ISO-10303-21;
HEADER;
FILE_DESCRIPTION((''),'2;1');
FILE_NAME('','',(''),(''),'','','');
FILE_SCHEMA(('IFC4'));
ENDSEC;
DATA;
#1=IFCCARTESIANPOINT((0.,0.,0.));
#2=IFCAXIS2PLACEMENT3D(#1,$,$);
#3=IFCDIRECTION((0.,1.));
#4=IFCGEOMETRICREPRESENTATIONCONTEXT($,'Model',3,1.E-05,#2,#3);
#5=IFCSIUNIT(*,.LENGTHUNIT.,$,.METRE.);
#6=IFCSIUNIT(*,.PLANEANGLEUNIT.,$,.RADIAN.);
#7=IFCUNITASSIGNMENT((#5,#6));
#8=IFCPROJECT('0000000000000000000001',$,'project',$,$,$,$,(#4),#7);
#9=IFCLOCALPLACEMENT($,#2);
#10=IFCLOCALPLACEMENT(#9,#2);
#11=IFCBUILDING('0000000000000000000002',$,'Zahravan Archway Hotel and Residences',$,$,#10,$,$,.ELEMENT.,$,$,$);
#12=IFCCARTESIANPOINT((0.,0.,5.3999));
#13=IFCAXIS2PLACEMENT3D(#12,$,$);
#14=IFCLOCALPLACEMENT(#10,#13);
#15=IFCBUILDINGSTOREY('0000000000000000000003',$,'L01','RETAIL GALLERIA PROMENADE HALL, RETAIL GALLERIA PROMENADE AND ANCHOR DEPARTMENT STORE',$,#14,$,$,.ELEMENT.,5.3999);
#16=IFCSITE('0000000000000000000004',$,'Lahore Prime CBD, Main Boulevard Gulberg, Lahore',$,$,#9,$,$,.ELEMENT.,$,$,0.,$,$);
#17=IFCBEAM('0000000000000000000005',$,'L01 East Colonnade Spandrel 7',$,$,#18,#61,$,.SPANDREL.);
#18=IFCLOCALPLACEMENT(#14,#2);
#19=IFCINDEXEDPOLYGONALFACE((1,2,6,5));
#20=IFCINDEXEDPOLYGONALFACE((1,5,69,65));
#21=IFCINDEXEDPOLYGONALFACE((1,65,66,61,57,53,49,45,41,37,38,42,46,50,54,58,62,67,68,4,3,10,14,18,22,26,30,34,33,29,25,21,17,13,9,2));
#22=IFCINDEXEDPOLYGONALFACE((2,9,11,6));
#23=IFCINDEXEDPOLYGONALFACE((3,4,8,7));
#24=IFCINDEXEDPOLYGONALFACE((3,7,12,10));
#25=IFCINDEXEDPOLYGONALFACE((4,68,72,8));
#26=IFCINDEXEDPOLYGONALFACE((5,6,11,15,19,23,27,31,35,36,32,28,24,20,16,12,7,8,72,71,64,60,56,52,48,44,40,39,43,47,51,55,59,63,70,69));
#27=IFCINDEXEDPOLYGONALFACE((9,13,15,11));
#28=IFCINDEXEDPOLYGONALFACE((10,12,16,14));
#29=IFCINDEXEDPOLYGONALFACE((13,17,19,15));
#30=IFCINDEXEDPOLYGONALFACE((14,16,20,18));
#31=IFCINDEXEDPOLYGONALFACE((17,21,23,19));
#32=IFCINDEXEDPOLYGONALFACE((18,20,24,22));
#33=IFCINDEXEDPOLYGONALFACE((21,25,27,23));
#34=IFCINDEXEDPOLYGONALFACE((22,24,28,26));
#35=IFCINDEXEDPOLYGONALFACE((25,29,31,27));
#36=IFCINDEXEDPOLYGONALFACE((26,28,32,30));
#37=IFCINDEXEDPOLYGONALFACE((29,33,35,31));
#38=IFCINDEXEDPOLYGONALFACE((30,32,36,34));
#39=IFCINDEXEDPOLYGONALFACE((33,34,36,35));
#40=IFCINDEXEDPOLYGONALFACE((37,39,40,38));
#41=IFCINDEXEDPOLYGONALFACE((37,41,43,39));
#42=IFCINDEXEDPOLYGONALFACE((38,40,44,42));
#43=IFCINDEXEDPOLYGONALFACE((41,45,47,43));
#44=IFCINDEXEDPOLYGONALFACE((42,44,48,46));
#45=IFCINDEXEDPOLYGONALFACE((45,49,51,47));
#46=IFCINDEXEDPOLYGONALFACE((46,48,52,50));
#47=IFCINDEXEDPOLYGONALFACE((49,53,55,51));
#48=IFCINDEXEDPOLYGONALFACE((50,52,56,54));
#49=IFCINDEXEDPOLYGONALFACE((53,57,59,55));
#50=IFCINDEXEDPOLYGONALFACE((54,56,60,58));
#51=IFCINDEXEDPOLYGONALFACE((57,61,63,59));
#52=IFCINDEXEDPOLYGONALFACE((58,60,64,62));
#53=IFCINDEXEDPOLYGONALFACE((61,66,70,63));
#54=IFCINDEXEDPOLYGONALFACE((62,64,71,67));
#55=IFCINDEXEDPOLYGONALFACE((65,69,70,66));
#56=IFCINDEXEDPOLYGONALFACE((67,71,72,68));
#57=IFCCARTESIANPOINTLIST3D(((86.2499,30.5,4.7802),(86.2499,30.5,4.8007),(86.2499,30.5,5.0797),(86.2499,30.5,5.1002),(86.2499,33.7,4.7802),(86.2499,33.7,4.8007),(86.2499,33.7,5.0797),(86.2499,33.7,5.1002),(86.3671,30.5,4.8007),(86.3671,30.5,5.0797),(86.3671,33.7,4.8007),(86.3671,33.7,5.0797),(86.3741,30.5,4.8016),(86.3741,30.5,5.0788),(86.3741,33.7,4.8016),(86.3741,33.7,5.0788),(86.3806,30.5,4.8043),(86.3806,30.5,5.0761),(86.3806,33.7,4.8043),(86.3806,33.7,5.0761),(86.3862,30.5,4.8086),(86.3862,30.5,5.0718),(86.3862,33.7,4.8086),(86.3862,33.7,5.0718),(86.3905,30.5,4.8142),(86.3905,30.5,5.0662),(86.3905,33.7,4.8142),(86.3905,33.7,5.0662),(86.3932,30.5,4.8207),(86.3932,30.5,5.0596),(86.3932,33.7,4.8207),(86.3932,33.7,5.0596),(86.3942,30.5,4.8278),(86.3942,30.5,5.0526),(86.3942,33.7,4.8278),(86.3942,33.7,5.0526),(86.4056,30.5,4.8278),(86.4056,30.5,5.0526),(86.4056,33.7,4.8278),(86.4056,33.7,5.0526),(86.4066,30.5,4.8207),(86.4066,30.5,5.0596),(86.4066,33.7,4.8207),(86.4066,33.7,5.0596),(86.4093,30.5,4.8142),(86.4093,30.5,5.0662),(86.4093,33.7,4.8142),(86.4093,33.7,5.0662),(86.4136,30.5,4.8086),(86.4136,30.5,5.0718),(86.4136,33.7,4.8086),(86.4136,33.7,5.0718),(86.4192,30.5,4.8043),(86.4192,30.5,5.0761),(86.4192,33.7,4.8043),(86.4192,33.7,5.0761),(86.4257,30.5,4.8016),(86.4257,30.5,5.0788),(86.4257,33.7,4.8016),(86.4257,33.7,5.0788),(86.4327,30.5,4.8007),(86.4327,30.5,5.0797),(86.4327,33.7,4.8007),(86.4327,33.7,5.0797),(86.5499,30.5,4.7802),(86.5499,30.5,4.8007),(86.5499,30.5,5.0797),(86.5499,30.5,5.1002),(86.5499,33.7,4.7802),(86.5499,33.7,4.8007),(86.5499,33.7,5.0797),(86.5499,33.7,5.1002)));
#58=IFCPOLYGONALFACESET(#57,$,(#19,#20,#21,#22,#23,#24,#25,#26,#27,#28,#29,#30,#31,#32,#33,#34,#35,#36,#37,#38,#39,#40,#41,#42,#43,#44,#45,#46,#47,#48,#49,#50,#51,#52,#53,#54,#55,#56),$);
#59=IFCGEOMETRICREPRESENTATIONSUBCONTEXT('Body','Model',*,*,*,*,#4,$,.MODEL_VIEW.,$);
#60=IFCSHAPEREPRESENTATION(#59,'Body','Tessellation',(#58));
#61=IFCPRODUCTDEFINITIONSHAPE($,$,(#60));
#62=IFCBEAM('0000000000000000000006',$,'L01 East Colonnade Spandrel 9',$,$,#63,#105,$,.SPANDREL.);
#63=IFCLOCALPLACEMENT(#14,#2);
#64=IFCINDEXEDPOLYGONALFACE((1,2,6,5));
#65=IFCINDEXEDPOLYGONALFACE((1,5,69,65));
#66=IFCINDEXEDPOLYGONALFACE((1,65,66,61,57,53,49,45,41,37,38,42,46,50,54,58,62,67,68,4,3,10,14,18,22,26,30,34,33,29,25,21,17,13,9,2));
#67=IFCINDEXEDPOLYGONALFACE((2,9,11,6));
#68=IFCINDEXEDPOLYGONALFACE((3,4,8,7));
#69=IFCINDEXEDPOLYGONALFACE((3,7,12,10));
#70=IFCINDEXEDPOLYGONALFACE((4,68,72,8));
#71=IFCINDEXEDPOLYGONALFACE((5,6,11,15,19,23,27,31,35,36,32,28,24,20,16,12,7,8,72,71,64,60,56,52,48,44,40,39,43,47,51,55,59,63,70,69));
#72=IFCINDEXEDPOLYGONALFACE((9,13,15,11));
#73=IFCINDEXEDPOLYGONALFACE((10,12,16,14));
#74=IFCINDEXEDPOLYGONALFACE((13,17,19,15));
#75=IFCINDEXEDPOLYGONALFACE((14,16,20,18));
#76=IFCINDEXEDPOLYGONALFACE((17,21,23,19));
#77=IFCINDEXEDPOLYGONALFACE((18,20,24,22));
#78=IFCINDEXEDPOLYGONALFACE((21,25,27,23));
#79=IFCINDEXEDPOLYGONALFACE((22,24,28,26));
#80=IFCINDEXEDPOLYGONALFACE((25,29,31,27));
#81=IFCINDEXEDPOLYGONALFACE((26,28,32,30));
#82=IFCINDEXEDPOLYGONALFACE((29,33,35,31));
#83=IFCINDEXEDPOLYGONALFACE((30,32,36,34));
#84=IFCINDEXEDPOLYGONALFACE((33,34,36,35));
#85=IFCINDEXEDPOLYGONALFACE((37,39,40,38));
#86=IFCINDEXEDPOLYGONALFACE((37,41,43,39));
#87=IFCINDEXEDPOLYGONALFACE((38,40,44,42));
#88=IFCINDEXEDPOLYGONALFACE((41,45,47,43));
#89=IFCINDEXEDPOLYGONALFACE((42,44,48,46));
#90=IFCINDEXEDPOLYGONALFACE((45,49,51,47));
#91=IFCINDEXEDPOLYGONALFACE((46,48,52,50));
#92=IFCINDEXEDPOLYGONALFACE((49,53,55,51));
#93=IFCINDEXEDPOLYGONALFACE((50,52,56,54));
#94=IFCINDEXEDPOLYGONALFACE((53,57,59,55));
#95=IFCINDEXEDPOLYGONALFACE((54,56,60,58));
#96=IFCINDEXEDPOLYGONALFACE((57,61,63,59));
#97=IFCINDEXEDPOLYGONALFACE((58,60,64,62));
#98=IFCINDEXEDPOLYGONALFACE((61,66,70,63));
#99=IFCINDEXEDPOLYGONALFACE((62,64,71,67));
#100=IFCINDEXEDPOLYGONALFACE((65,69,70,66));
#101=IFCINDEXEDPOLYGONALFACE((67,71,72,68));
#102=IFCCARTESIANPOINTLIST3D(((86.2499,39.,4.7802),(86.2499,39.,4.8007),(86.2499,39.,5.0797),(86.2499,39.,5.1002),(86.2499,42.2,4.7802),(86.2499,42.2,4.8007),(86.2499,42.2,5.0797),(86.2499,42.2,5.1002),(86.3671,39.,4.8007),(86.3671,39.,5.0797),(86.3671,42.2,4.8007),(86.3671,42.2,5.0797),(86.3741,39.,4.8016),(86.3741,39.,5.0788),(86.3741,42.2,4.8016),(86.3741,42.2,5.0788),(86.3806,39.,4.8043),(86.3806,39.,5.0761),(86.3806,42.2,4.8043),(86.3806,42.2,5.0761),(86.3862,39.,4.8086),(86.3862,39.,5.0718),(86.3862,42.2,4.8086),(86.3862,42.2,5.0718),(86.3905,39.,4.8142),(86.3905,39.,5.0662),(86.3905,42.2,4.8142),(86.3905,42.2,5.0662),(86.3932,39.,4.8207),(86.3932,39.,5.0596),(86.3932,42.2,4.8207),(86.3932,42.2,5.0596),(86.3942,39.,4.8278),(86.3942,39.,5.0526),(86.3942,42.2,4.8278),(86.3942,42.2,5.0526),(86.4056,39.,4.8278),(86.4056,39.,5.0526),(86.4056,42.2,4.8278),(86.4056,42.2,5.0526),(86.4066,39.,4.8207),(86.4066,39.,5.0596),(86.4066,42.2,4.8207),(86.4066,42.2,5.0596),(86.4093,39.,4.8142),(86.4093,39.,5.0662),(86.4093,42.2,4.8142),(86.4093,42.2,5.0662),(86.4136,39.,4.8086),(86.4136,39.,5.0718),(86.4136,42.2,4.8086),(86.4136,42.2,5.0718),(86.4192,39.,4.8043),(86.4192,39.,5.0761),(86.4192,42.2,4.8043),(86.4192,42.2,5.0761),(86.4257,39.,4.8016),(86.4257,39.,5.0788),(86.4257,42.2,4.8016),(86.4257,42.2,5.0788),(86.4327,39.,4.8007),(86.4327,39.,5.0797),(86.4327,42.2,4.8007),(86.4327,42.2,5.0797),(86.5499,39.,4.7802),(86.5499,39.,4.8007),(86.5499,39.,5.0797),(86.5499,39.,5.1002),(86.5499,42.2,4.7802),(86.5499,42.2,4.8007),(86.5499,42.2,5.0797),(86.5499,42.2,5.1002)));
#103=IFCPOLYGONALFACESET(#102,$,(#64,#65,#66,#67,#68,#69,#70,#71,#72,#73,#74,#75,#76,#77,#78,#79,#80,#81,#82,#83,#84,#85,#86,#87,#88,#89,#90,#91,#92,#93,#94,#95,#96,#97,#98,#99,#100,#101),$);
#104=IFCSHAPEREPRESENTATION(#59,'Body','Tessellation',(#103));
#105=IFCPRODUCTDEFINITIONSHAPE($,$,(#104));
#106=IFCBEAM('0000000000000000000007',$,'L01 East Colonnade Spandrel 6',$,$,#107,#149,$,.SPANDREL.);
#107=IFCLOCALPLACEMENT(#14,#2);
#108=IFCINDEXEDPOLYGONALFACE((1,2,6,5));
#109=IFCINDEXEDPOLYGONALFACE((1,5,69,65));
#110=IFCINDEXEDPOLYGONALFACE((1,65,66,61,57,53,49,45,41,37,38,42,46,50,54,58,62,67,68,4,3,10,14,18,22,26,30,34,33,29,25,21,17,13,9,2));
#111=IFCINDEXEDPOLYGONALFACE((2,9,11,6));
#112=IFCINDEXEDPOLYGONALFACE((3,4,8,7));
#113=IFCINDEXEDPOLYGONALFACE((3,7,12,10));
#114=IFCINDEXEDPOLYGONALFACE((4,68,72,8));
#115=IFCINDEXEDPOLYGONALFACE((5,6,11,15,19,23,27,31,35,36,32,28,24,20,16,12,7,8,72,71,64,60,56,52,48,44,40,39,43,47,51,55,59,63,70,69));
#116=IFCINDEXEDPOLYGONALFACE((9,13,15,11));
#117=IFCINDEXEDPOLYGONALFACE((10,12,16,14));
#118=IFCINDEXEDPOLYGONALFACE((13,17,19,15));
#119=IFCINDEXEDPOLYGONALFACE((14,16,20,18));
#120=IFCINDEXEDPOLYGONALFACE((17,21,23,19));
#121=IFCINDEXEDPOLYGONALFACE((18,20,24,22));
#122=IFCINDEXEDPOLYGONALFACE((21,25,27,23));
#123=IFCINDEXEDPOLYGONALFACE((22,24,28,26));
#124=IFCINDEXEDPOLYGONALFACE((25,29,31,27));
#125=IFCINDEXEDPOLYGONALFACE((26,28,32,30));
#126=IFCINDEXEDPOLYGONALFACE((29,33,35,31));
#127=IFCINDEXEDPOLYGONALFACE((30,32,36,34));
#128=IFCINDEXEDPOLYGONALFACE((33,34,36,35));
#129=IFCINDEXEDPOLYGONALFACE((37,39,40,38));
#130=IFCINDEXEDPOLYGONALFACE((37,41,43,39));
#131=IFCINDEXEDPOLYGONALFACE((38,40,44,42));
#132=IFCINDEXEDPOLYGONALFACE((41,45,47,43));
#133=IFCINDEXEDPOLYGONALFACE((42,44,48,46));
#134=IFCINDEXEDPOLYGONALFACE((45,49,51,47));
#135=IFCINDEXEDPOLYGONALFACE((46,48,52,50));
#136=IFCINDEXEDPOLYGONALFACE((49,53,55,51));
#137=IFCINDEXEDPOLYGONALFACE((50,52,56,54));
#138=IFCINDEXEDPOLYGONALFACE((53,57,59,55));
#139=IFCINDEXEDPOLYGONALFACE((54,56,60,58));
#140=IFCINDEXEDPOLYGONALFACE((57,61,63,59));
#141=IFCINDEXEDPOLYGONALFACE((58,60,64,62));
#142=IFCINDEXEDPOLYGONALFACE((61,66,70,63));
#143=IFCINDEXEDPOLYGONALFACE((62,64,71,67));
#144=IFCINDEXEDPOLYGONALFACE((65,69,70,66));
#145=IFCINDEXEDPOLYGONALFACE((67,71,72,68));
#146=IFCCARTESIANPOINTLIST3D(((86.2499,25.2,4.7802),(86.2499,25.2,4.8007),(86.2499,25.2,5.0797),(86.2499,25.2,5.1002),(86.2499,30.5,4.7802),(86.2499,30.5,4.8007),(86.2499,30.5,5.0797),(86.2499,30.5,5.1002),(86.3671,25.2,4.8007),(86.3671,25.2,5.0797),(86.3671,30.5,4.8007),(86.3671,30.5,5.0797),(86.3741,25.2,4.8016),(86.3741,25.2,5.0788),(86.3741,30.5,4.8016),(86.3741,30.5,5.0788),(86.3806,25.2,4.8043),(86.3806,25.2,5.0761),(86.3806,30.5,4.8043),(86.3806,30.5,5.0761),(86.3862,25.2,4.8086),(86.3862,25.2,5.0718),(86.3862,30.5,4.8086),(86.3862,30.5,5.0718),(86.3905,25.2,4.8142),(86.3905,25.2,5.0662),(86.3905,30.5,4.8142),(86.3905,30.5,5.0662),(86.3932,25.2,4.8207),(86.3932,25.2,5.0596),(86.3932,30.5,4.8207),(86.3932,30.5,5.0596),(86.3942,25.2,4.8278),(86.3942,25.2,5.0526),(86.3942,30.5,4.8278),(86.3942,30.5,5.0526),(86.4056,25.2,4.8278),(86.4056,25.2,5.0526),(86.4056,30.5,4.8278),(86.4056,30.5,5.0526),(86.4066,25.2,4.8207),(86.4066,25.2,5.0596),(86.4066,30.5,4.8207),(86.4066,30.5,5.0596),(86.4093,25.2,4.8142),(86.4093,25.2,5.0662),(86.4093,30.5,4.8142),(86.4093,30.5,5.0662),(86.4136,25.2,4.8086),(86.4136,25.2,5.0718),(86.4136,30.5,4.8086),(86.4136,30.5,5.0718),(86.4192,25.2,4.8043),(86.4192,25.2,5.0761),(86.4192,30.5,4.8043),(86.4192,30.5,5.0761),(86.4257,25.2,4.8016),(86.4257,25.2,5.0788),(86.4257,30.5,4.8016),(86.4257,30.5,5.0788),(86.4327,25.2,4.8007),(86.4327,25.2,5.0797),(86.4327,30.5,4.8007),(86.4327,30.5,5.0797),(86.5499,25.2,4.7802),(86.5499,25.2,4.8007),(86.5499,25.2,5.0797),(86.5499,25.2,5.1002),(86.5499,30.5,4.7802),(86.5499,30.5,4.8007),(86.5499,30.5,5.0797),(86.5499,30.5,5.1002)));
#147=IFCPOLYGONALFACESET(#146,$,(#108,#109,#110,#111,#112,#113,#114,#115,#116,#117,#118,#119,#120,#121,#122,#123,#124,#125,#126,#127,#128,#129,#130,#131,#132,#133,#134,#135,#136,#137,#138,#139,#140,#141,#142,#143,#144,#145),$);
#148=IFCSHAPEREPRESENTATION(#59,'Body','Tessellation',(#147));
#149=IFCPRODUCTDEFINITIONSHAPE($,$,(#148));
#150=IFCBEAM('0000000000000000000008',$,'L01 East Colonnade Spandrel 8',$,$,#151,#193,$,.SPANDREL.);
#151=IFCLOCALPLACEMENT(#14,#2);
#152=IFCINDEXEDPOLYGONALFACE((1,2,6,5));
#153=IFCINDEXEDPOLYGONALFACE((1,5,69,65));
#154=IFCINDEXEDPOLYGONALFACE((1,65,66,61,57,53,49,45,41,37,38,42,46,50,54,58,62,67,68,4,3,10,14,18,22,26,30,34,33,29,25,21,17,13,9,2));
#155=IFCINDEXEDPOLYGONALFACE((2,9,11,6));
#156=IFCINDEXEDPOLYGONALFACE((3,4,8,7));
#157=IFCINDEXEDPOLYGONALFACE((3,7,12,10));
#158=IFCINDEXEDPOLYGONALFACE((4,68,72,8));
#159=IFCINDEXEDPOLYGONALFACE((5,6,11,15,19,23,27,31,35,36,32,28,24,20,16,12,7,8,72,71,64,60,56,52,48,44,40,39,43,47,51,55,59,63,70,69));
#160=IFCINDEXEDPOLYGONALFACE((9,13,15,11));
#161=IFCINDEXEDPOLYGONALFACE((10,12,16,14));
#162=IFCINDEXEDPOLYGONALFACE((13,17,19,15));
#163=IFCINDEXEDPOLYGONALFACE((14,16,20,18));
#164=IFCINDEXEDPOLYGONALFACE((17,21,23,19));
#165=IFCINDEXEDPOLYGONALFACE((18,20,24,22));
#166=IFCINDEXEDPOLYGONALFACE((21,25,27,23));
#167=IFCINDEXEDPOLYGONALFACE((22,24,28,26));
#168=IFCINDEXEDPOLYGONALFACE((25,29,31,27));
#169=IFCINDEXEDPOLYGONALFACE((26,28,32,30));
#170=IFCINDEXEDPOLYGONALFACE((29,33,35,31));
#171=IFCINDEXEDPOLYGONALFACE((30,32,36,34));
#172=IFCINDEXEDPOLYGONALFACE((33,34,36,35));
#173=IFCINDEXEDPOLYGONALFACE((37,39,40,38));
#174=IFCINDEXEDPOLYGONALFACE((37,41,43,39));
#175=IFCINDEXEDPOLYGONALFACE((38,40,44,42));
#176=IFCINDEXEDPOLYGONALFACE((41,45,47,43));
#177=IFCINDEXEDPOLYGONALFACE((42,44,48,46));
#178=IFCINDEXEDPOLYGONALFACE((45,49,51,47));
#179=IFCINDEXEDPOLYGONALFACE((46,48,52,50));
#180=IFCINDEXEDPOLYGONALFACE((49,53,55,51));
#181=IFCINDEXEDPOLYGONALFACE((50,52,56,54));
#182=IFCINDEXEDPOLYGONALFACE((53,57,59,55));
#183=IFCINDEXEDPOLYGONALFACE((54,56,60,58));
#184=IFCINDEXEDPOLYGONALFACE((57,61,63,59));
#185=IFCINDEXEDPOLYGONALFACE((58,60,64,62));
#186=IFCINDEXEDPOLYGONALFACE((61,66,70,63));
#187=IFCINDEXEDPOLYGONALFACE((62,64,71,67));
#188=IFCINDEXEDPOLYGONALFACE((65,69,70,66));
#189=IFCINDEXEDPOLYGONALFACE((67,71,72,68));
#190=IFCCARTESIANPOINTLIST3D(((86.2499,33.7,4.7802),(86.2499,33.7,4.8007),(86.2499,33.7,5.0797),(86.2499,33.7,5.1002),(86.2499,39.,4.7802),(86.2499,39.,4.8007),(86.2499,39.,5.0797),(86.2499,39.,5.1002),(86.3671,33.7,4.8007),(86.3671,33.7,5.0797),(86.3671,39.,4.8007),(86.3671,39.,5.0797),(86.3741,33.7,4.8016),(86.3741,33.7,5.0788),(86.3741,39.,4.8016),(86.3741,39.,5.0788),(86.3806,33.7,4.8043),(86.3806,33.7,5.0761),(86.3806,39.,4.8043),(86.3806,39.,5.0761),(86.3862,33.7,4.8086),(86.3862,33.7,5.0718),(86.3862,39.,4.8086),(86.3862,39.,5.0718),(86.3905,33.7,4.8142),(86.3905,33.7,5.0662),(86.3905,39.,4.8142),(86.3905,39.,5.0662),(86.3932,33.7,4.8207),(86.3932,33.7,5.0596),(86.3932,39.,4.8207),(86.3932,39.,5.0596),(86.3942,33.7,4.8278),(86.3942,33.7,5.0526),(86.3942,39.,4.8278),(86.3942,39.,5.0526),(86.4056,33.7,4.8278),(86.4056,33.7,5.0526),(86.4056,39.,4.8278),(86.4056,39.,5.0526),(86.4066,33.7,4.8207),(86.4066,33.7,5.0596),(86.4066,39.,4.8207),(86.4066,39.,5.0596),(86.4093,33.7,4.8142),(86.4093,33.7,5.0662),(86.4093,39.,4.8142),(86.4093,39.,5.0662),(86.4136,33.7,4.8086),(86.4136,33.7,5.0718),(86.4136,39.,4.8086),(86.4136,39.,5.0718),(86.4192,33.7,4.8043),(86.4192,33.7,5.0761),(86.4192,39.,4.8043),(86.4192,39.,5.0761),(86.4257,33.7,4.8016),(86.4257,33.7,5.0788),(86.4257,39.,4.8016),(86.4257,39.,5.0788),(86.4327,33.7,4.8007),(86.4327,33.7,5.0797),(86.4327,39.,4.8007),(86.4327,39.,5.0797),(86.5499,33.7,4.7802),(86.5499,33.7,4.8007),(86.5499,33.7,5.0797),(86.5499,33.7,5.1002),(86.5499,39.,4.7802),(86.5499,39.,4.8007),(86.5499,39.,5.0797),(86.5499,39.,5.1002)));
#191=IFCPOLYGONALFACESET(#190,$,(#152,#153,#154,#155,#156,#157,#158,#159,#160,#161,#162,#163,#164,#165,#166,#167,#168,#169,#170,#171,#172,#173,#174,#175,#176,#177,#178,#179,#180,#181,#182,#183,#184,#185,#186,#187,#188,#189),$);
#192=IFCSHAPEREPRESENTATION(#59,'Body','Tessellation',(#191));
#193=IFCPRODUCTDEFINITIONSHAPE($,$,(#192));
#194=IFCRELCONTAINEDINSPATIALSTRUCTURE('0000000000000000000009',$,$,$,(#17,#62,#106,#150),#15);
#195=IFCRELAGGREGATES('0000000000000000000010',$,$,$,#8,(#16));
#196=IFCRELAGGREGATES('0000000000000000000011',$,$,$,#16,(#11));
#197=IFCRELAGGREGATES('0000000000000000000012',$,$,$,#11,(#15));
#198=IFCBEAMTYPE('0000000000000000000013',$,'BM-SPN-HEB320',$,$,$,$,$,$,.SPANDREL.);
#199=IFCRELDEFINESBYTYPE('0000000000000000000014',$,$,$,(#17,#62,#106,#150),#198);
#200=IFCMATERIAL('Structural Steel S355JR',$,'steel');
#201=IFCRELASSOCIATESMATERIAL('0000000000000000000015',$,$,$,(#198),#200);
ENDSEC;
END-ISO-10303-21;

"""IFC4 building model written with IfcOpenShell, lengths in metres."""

from ifc_helpers import new_model, si_unit, direction, frame, origin, origin_2d, place, context, subcontext, project, spatial, i_section, extrude, source, transform, mapped, material, material_profile, profile_set, type_object, element, save


model = new_model("IFC4")

# Units and contexts
model_context = context("Model", 3, precision=1e-05, world=origin(), true_north=direction((0.0, 1.0)))
body_context = subcontext(model_context, "Body", "Model", "MODEL_VIEW")
ifc_project = project(units=[si_unit("LENGTHUNIT", "METRE"), si_unit("PLANEANGLEUNIT", "RADIAN")], contexts=[model_context])

# Site, building, storey
site_placement = place(None, origin())
site = spatial("IfcSite", under=ifc_project, at=site_placement, Name="Lahore Prime CBD, Main Boulevard Gulberg, Lahore", CompositionType="ELEMENT", RefElevation=0.0)
building_placement = place(site_placement, origin())
building = spatial("IfcBuilding", under=site, at=building_placement, Name="Zahravan Archway Hotel and Residences", CompositionType="ELEMENT")
storey_placement = place(building_placement, frame((0.0, 0.0, 5.3999)))
storey = spatial("IfcBuildingStorey", under=building, at=storey_placement, Name="L01", Description="RETAIL GALLERIA PROMENADE HALL, RETAIL GALLERIA PROMENADE AND ANCHOR DEPARTMENT STORE", CompositionType="ELEMENT", Elevation=5.3999)

# Beams
ifc_material_1 = material(Name="Structural Steel S355JR", Category="steel")
ifc_material_profile_1 = material_profile(ifc_material_1, i_section(OverallWidth=0.3, OverallDepth=0.3201, WebThickness=0.0115, FlangeThickness=0.0205, FilletRadius=0.0271, at=origin_2d()), Name="HEB 320", Category="steel")
ifc_profile_set_1 = profile_set([ifc_material_profile_1], Name="Structural Steel S355JR")
beam_type_1 = type_object("IfcBeamType", Name="BM-SPN-HEB320", PredefinedType="SPANDREL", material=ifc_profile_set_1)
shared_shape_1 = source(origin(), body_context, "Body", "SweptSolid", [
    extrude(i_section(OverallWidth=0.3, OverallDepth=0.3201, WebThickness=0.0115, FlangeThickness=0.0205, FilletRadius=0.0271, at=origin_2d()), origin(), (0.0, 0.0, 1.0), 3.2),
])
for number, where, z_axis, x_axis, name in (
    (1, (86.3999, 30.5, 4.9402), (0.0, 1.0, 0.0), (-1.0, 0.0, 0.0), "L01 East Colonnade Spandrel 7"),
    (2, (86.3999, 39.0, 4.9402), (0.0, 1.0, 0.0), (-1.0, 0.0, 0.0), "L01 East Colonnade Spandrel 9"),
):
    element("IfcBeam", number, at=place(storey_placement, frame(where, z_axis=z_axis, x_axis=x_axis)), inside=storey, type_object=beam_type_1, Name=name, PredefinedType="SPANDREL", context=body_context, shape_type="MappedRepresentation", body=[
        mapped(shared_shape_1, transform((0.0, 0.0, 0.0), scale=1.0)),
    ])
shared_shape_2 = source(origin(), body_context, "Body", "SweptSolid", [
    extrude(i_section(OverallWidth=0.3, OverallDepth=0.3201, WebThickness=0.0115, FlangeThickness=0.0205, FilletRadius=0.0271, at=origin_2d()), origin(), (0.0, 0.0, 1.0), 5.3),
])
for number, where, z_axis, x_axis, name in (
    (3, (86.3999, 25.2, 4.9402), (0.0, 1.0, 0.0), (-1.0, 0.0, 0.0), "L01 East Colonnade Spandrel 6"),
    (4, (86.3999, 33.7, 4.9402), (0.0, 1.0, 0.0), (-1.0, 0.0, 0.0), "L01 East Colonnade Spandrel 8"),
):
    element("IfcBeam", number, at=place(storey_placement, frame(where, z_axis=z_axis, x_axis=x_axis)), inside=storey, type_object=beam_type_1, Name=name, PredefinedType="SPANDREL", context=body_context, shape_type="MappedRepresentation", body=[
        mapped(shared_shape_2, transform((0.0, 0.0, 0.0), scale=1.0)),
    ])

save(model, "model.ifc")
